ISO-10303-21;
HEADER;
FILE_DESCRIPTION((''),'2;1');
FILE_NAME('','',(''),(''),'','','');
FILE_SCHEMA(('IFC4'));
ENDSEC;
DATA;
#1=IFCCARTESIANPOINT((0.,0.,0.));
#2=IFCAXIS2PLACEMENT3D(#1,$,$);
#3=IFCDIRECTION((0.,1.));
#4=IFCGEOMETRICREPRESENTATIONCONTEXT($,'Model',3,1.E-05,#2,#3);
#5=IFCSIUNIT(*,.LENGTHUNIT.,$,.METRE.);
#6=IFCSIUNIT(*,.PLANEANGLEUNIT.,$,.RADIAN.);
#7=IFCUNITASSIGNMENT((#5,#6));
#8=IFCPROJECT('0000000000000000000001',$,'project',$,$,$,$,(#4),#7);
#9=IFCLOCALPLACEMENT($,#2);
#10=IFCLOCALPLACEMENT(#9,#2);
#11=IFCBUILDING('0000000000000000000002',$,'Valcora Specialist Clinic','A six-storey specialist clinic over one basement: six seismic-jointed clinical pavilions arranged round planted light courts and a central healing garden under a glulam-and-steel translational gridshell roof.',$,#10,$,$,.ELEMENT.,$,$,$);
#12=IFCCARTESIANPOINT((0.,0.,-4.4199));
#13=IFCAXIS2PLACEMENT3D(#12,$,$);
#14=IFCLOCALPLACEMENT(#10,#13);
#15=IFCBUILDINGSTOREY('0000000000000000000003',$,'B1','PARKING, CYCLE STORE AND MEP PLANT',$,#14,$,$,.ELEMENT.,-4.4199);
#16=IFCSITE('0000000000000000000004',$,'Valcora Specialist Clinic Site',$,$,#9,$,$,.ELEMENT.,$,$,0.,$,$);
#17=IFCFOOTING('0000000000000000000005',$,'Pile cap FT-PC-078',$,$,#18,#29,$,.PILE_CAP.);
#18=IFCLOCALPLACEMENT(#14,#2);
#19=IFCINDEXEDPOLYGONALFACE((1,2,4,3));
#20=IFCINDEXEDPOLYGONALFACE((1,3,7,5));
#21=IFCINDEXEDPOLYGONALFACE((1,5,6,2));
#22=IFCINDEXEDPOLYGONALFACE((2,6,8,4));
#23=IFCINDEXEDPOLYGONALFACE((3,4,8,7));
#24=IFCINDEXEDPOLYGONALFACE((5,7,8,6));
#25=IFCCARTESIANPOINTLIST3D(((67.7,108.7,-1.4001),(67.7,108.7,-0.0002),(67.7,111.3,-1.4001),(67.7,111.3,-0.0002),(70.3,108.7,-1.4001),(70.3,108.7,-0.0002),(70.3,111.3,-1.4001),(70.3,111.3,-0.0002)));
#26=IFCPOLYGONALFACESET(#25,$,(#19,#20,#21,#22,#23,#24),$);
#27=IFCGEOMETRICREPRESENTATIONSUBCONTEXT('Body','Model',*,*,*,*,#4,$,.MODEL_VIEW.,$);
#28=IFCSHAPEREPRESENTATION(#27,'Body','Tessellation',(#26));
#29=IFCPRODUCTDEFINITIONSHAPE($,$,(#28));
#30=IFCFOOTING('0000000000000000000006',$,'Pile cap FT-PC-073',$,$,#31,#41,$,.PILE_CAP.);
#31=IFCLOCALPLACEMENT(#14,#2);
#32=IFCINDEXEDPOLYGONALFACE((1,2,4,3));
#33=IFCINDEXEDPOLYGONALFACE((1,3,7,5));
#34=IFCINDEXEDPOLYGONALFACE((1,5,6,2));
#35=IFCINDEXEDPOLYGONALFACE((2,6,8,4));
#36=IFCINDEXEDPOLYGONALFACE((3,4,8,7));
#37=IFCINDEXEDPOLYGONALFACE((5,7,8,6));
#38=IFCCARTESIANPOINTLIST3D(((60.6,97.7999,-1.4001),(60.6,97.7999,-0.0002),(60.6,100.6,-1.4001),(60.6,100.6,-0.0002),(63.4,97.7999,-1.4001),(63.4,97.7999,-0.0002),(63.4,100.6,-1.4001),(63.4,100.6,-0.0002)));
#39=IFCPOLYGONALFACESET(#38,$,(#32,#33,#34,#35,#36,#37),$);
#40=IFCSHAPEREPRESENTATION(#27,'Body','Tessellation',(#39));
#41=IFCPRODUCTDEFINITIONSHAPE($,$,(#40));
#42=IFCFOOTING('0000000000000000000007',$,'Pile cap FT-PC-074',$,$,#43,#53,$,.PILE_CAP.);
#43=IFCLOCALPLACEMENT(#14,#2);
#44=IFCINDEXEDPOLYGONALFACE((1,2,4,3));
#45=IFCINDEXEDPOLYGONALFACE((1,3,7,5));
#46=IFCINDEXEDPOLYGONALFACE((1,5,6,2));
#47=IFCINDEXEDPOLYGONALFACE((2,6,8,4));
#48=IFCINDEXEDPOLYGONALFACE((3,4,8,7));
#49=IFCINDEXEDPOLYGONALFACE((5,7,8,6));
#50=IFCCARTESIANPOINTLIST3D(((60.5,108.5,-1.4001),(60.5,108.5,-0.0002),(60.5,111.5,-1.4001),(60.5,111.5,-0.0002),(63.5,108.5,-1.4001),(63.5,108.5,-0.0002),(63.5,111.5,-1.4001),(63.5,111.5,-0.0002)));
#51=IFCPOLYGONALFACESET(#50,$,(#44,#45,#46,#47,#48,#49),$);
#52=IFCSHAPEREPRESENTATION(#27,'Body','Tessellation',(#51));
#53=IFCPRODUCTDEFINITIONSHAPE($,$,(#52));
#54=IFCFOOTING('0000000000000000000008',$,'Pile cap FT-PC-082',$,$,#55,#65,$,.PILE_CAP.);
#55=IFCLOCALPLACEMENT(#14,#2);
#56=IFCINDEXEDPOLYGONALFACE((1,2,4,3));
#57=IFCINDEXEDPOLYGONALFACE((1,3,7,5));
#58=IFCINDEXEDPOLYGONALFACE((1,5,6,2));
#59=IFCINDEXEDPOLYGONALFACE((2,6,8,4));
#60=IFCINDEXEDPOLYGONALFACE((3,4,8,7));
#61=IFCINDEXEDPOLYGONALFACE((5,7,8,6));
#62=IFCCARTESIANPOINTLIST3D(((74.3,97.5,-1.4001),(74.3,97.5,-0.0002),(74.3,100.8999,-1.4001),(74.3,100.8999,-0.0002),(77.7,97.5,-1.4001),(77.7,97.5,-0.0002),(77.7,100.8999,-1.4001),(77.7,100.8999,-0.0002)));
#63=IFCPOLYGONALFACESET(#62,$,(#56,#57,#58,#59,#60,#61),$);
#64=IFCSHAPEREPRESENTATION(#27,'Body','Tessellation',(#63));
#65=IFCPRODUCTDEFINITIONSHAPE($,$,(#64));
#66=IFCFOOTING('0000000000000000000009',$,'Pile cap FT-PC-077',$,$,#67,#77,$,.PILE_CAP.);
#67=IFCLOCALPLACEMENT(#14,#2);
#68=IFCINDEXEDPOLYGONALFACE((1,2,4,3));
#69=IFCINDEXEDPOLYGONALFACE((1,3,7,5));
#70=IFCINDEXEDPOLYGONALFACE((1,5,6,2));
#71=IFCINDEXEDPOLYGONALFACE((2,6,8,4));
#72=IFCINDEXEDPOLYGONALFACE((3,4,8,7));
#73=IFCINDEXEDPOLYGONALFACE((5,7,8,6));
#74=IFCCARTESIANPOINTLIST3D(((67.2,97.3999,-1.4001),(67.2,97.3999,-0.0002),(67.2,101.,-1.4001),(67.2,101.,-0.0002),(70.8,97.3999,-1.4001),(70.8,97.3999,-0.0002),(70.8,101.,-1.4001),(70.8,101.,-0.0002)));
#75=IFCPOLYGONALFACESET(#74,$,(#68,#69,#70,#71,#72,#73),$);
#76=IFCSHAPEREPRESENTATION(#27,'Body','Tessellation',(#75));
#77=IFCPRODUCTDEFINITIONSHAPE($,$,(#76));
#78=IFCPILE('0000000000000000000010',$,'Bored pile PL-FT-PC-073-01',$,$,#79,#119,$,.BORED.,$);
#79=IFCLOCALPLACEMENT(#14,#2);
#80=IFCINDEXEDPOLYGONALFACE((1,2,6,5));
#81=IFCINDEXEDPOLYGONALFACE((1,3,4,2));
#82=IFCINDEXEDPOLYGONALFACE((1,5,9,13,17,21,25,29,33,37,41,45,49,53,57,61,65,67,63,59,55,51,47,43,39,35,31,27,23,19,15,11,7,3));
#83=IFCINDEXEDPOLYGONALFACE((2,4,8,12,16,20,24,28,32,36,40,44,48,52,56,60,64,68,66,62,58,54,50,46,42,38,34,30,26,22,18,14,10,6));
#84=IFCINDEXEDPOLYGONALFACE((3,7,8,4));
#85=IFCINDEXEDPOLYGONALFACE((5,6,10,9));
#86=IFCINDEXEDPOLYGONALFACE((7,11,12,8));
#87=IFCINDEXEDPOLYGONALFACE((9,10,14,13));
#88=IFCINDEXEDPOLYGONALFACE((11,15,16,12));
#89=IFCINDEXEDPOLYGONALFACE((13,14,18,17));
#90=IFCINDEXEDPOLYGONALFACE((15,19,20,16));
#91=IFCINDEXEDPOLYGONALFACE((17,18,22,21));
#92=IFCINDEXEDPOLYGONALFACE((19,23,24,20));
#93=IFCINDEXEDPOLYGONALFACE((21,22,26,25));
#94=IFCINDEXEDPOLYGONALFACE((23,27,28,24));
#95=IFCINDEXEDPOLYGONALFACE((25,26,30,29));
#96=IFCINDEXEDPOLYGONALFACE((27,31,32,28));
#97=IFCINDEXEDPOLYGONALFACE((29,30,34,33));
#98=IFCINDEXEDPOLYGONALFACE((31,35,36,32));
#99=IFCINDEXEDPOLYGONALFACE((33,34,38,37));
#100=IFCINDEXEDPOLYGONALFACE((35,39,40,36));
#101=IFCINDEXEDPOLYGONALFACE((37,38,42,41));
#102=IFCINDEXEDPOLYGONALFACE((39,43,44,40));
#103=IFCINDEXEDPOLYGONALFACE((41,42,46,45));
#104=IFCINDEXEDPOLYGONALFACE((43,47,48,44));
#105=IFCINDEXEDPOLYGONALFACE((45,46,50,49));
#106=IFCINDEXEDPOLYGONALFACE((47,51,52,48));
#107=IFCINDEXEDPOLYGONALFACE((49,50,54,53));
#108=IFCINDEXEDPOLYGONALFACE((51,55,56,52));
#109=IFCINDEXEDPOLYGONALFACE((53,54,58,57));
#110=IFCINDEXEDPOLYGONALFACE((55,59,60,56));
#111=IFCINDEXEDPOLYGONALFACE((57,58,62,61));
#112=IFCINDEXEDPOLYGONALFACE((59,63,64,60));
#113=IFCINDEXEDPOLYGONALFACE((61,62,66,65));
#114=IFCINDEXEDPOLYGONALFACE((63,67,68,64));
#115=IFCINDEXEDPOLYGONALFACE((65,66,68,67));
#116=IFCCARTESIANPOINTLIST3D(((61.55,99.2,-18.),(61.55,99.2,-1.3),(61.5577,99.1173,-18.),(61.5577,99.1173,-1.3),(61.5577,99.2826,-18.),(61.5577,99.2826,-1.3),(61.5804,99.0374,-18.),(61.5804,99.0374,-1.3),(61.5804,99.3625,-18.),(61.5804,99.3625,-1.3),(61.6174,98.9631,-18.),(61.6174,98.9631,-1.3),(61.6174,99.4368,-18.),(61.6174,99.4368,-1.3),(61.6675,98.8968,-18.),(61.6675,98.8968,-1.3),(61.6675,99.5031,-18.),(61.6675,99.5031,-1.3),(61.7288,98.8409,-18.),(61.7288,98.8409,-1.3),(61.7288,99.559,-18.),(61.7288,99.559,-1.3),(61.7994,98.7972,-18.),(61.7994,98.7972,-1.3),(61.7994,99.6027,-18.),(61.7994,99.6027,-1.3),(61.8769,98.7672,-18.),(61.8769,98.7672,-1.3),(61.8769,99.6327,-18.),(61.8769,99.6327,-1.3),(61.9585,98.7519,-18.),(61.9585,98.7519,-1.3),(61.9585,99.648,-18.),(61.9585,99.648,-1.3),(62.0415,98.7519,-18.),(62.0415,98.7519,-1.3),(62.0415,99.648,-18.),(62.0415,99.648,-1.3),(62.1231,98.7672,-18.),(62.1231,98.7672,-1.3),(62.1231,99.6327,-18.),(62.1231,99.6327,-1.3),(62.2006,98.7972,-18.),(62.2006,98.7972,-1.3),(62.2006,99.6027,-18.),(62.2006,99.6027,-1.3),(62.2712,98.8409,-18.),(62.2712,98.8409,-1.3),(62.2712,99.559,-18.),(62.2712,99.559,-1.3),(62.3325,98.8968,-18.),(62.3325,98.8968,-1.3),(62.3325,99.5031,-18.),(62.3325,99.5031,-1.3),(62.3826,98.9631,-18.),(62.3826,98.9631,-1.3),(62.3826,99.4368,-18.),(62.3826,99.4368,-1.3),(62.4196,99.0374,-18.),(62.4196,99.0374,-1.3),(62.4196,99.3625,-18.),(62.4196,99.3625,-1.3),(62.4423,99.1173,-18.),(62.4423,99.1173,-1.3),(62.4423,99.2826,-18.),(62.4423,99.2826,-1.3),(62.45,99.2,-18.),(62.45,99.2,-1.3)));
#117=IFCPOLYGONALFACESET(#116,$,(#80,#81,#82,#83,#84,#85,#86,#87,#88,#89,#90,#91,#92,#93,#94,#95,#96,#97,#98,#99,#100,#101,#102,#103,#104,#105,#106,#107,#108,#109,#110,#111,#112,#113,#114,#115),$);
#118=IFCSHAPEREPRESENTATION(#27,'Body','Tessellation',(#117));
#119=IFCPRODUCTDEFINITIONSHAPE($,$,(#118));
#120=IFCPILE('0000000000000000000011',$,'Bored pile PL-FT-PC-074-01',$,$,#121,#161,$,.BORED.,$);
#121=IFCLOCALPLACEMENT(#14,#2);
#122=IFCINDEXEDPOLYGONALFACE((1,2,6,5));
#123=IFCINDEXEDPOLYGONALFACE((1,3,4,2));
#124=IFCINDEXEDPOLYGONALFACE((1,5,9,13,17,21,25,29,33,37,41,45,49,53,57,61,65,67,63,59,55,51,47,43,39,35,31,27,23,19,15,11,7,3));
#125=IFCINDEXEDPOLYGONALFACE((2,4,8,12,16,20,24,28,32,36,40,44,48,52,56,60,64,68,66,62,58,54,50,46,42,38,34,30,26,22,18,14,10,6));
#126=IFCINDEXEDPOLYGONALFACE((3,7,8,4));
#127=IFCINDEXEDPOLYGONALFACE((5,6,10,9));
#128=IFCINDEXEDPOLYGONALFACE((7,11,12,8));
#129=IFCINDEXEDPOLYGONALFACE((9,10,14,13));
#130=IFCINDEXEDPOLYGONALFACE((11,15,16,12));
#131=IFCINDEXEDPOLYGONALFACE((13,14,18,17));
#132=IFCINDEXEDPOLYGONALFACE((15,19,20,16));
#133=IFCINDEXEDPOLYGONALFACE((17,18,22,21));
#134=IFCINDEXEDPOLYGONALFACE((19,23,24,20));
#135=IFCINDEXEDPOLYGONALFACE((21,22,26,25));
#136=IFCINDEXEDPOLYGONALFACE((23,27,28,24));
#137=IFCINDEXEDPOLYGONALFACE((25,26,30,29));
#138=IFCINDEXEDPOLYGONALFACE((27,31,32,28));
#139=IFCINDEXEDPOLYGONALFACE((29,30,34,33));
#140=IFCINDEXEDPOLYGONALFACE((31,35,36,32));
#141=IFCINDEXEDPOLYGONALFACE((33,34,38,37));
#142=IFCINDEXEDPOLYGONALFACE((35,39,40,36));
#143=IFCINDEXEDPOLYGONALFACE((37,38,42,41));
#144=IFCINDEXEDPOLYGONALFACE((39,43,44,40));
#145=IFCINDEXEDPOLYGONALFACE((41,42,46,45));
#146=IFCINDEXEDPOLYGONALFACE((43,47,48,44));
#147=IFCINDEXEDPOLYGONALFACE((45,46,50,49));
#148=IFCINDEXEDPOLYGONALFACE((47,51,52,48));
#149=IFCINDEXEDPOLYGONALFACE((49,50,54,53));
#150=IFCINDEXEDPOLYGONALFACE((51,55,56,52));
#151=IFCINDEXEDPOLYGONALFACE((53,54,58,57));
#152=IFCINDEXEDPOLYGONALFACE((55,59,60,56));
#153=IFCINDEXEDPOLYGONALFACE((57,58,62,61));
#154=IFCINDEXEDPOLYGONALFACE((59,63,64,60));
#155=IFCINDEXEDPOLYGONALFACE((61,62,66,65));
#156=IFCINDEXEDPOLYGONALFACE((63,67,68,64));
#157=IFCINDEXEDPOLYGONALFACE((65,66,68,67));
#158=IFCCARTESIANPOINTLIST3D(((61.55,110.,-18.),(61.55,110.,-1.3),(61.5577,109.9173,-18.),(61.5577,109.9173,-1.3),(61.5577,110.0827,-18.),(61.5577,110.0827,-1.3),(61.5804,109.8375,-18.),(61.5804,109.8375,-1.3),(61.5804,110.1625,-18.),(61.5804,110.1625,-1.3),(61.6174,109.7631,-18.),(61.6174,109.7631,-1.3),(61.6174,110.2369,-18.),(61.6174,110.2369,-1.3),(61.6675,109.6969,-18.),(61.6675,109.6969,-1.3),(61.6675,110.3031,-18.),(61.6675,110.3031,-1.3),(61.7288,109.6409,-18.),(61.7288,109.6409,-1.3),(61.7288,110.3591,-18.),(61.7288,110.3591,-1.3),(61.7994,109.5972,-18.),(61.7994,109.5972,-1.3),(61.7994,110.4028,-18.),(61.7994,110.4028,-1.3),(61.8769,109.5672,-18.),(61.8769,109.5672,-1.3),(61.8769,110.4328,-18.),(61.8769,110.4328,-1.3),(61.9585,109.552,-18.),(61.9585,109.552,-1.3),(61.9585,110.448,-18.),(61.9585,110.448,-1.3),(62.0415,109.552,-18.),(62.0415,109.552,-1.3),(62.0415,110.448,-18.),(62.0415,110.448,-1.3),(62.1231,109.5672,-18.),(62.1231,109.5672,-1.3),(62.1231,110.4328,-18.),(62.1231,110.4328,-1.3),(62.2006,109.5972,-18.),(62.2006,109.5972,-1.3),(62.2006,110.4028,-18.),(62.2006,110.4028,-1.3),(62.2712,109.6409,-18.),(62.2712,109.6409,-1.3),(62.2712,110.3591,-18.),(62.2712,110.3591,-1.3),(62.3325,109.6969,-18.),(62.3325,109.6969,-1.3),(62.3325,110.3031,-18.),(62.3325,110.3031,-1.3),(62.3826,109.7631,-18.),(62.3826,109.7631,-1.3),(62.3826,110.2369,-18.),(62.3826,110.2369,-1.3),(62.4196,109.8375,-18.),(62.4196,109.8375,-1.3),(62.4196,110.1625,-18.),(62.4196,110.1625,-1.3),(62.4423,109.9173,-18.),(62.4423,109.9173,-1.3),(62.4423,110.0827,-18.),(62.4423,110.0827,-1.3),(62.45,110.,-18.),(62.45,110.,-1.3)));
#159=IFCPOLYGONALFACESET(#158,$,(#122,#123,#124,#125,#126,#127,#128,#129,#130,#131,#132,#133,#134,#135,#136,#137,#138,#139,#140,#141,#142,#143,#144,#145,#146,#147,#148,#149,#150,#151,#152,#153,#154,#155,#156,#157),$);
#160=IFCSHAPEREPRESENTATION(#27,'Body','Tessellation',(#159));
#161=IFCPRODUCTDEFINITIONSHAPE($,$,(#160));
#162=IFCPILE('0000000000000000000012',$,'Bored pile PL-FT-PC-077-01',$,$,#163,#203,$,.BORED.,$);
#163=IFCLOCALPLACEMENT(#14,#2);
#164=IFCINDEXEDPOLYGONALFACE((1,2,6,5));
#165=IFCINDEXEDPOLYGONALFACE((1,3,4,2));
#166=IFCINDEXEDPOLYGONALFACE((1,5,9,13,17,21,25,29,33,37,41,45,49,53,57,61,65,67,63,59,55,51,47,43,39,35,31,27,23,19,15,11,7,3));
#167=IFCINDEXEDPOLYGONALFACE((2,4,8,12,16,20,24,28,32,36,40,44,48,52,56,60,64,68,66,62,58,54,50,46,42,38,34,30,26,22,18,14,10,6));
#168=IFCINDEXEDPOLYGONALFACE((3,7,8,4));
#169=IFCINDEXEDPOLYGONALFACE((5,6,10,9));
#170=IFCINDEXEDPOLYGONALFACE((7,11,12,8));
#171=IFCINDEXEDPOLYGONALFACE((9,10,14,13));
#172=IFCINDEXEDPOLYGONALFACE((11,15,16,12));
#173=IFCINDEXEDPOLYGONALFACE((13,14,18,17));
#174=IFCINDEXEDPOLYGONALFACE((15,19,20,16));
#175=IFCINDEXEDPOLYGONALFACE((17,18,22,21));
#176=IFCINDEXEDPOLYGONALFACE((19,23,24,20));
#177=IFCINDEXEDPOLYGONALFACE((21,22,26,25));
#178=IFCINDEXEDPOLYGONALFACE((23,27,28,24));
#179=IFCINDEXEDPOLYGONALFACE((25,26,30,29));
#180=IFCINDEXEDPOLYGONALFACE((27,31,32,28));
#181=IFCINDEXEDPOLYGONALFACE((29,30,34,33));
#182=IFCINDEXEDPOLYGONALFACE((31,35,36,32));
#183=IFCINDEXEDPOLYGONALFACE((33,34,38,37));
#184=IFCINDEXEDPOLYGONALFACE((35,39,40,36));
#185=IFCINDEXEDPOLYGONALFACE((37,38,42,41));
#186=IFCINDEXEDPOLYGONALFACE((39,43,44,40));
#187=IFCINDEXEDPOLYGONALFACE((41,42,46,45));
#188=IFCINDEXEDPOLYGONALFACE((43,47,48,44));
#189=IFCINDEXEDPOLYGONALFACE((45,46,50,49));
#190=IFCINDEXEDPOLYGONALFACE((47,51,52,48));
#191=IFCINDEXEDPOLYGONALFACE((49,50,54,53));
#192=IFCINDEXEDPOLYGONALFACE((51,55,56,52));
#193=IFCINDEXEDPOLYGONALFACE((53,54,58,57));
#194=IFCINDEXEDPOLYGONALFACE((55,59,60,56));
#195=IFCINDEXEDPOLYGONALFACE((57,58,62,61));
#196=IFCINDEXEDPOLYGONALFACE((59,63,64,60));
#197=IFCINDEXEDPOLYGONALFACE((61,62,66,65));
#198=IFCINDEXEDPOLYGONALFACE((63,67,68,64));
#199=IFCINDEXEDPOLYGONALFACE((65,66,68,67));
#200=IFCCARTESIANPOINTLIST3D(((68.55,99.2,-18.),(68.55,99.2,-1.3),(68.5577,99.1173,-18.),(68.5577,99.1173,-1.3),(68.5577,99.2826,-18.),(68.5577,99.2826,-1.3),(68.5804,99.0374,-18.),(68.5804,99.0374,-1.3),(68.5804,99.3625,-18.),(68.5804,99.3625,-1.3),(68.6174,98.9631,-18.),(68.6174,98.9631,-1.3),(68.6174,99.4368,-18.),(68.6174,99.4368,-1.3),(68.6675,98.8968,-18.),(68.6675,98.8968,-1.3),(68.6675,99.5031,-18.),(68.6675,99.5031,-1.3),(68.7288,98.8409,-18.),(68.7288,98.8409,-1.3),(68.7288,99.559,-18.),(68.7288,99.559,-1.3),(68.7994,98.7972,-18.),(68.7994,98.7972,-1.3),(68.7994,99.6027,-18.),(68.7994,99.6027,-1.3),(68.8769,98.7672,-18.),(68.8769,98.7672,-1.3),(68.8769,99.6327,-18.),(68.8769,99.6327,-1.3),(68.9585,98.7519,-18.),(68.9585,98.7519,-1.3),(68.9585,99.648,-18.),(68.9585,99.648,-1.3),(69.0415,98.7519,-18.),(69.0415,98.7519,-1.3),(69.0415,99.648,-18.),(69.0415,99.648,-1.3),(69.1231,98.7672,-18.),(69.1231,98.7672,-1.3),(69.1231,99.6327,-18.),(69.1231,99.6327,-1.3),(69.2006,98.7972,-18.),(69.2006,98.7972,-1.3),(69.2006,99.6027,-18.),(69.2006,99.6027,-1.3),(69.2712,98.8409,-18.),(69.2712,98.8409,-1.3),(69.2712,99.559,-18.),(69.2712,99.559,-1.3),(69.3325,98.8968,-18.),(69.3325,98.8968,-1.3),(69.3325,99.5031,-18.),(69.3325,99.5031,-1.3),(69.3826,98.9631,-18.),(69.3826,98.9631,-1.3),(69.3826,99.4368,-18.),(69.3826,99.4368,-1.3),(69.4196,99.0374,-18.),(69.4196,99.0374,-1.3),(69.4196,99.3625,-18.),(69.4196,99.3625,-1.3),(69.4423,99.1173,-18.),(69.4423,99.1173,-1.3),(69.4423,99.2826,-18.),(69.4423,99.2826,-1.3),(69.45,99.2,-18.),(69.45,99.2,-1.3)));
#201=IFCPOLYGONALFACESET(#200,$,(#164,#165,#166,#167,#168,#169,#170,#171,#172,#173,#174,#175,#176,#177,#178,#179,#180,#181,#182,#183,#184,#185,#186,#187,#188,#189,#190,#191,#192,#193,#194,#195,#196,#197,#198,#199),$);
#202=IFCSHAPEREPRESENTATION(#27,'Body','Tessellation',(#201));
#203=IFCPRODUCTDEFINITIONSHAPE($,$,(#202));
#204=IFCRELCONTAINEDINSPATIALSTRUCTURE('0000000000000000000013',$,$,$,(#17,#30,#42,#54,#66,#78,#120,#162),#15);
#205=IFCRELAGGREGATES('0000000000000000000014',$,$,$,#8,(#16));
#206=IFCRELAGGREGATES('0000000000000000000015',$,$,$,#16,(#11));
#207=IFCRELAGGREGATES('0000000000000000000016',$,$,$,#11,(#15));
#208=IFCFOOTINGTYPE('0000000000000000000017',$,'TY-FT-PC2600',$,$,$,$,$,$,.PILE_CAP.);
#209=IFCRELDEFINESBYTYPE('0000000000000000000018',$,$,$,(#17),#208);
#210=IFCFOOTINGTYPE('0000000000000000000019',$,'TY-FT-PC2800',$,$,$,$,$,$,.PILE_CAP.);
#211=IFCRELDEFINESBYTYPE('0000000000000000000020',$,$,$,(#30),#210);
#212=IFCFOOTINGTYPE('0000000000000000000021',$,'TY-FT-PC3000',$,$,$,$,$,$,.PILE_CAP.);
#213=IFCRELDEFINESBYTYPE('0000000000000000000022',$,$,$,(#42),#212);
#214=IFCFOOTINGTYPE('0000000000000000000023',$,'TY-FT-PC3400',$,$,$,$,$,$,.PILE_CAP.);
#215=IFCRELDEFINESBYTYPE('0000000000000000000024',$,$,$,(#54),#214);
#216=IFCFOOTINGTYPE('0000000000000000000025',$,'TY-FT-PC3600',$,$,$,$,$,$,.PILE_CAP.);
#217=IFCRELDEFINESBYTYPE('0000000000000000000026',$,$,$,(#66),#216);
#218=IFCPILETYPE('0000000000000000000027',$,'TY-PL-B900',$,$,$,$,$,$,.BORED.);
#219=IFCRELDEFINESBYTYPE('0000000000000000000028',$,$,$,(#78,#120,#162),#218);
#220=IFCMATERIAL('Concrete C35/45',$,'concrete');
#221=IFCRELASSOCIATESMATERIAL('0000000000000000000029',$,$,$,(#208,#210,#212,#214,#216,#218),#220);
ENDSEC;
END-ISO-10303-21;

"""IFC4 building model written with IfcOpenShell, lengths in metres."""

from ifc_helpers import new_model, si_unit, direction, frame, origin, origin_2d, place, context, subcontext, project, spatial, rectangle, circle, extrude, material, material_profile, profile_set, type_object, element, save


model = new_model("IFC4")

# Units and contexts
model_context = context("Model", 3, precision=1e-05, world=origin(), true_north=direction((0.0, 1.0)))
body_context = subcontext(model_context, "Body", "Model", "MODEL_VIEW")
ifc_project = project(units=[si_unit("LENGTHUNIT", "METRE"), si_unit("PLANEANGLEUNIT", "RADIAN")], contexts=[model_context])

# Site, building, storey
site_placement = place(None, origin())
site = spatial("IfcSite", under=ifc_project, at=site_placement, Name="Valcora Specialist Clinic Site", CompositionType="ELEMENT", RefElevation=0.0)
building_placement = place(site_placement, origin())
building = spatial("IfcBuilding", under=site, at=building_placement, Name="Valcora Specialist Clinic", Description="A six-storey specialist clinic over one basement: six seismic-jointed clinical pavilions arranged round planted light courts and a central healing garden under a glulam-and-steel translational gridshell roof.", CompositionType="ELEMENT")
storey_placement = place(building_placement, frame((0.0, 0.0, -4.4199)))
storey = spatial("IfcBuildingStorey", under=building, at=storey_placement, Name="B1", Description="PARKING, CYCLE STORE AND MEP PLANT", CompositionType="ELEMENT", Elevation=-4.4199)

# Footings
ifc_material_1 = material(Name="Concrete C35/45", Category="concrete")
footing_type_1 = type_object("IfcFootingType", Name="TY-FT-PC2600", PredefinedType="PILE_CAP", material=ifc_material_1)
footing_1_placement = place(storey_placement, frame((69.0, 110.0, -1.4001), z_axis=(0.0, 0.0, 1.0), x_axis=(1.0, 0.0, 0.0)))
element("IfcFooting", 1, at=footing_1_placement, inside=storey, type_object=footing_type_1, Name="Pile cap FT-PC-078", PredefinedType="PILE_CAP", context=body_context, shape_type="SweptSolid", body=[
    extrude(rectangle(XDim=2.6001, YDim=2.6001, at=origin_2d()), origin(), (0.0, 0.0, 1.0), 1.3999),
])
footing_type_2 = type_object("IfcFootingType", Name="TY-FT-PC2800", PredefinedType="PILE_CAP", material=ifc_material_1)
footing_2_placement = place(storey_placement, frame((62.0, 99.2, -1.4001), z_axis=(0.0, 0.0, 1.0), x_axis=(1.0, 0.0, 0.0)))
element("IfcFooting", 2, at=footing_2_placement, inside=storey, type_object=footing_type_2, Name="Pile cap FT-PC-073", PredefinedType="PILE_CAP", context=body_context, shape_type="SweptSolid", body=[
    extrude(rectangle(XDim=2.8, YDim=2.8, at=origin_2d()), origin(), (0.0, 0.0, 1.0), 1.3999),
])
footing_type_3 = type_object("IfcFootingType", Name="TY-FT-PC3000", PredefinedType="PILE_CAP", material=ifc_material_1)
footing_3_placement = place(storey_placement, frame((62.0, 110.0, -1.4001), z_axis=(0.0, 0.0, 1.0), x_axis=(1.0, 0.0, 0.0)))
element("IfcFooting", 3, at=footing_3_placement, inside=storey, type_object=footing_type_3, Name="Pile cap FT-PC-074", PredefinedType="PILE_CAP", context=body_context, shape_type="SweptSolid", body=[
    extrude(rectangle(XDim=3.0, YDim=3.0, at=origin_2d()), origin(), (0.0, 0.0, 1.0), 1.3999),
])
footing_type_4 = type_object("IfcFootingType", Name="TY-FT-PC3400", PredefinedType="PILE_CAP", material=ifc_material_1)
footing_4_placement = place(storey_placement, frame((76.0, 99.2, -1.4001), z_axis=(0.0, 0.0, 1.0), x_axis=(1.0, 0.0, 0.0)))
element("IfcFooting", 4, at=footing_4_placement, inside=storey, type_object=footing_type_4, Name="Pile cap FT-PC-082", PredefinedType="PILE_CAP", context=body_context, shape_type="SweptSolid", body=[
    extrude(rectangle(XDim=3.3999, YDim=3.3999, at=origin_2d()), origin(), (0.0, 0.0, 1.0), 1.3999),
])
footing_type_5 = type_object("IfcFootingType", Name="TY-FT-PC3600", PredefinedType="PILE_CAP", material=ifc_material_1)
footing_5_placement = place(storey_placement, frame((69.0, 99.2, -1.4001), z_axis=(0.0, 0.0, 1.0), x_axis=(1.0, 0.0, 0.0)))
element("IfcFooting", 5, at=footing_5_placement, inside=storey, type_object=footing_type_5, Name="Pile cap FT-PC-077", PredefinedType="PILE_CAP", context=body_context, shape_type="SweptSolid", body=[
    extrude(rectangle(XDim=3.6001, YDim=3.6001, at=origin_2d()), origin(), (0.0, 0.0, 1.0), 1.3999),
])

# Piles
ifc_material_profile_1 = material_profile(ifc_material_1, circle(Radius=0.45, at=origin_2d()), Name="RC-PIL-D900")
ifc_profile_set_1 = profile_set([ifc_material_profile_1], Name="Concrete C35/45")
pile_type = type_object("IfcPileType", Name="TY-PL-B900", PredefinedType="BORED", material=ifc_profile_set_1)
for number, where, z_axis, x_axis, name in (
    (6, (62.0, 99.2, -1.3), (0.0, 0.0, -1.0), (1.0, 0.0, 0.0), "Bored pile PL-FT-PC-073-01"),
    (7, (62.0, 110.0, -1.3), (0.0, 0.0, -1.0), (1.0, 0.0, 0.0), "Bored pile PL-FT-PC-074-01"),
    (8, (69.0, 99.2, -1.3), (0.0, 0.0, -1.0), (1.0, 0.0, 0.0), "Bored pile PL-FT-PC-077-01"),
):
    element("IfcPile", number, at=place(storey_placement, frame(where, z_axis=z_axis, x_axis=x_axis)), inside=storey, type_object=pile_type, Name=name, PredefinedType="BORED", context=body_context, shape_type="SweptSolid", body=[
        extrude(circle(Radius=0.45, at=origin_2d()), origin(), (0.0, 0.0, 1.0), 16.7),
    ])

save(model, "model.ifc")
